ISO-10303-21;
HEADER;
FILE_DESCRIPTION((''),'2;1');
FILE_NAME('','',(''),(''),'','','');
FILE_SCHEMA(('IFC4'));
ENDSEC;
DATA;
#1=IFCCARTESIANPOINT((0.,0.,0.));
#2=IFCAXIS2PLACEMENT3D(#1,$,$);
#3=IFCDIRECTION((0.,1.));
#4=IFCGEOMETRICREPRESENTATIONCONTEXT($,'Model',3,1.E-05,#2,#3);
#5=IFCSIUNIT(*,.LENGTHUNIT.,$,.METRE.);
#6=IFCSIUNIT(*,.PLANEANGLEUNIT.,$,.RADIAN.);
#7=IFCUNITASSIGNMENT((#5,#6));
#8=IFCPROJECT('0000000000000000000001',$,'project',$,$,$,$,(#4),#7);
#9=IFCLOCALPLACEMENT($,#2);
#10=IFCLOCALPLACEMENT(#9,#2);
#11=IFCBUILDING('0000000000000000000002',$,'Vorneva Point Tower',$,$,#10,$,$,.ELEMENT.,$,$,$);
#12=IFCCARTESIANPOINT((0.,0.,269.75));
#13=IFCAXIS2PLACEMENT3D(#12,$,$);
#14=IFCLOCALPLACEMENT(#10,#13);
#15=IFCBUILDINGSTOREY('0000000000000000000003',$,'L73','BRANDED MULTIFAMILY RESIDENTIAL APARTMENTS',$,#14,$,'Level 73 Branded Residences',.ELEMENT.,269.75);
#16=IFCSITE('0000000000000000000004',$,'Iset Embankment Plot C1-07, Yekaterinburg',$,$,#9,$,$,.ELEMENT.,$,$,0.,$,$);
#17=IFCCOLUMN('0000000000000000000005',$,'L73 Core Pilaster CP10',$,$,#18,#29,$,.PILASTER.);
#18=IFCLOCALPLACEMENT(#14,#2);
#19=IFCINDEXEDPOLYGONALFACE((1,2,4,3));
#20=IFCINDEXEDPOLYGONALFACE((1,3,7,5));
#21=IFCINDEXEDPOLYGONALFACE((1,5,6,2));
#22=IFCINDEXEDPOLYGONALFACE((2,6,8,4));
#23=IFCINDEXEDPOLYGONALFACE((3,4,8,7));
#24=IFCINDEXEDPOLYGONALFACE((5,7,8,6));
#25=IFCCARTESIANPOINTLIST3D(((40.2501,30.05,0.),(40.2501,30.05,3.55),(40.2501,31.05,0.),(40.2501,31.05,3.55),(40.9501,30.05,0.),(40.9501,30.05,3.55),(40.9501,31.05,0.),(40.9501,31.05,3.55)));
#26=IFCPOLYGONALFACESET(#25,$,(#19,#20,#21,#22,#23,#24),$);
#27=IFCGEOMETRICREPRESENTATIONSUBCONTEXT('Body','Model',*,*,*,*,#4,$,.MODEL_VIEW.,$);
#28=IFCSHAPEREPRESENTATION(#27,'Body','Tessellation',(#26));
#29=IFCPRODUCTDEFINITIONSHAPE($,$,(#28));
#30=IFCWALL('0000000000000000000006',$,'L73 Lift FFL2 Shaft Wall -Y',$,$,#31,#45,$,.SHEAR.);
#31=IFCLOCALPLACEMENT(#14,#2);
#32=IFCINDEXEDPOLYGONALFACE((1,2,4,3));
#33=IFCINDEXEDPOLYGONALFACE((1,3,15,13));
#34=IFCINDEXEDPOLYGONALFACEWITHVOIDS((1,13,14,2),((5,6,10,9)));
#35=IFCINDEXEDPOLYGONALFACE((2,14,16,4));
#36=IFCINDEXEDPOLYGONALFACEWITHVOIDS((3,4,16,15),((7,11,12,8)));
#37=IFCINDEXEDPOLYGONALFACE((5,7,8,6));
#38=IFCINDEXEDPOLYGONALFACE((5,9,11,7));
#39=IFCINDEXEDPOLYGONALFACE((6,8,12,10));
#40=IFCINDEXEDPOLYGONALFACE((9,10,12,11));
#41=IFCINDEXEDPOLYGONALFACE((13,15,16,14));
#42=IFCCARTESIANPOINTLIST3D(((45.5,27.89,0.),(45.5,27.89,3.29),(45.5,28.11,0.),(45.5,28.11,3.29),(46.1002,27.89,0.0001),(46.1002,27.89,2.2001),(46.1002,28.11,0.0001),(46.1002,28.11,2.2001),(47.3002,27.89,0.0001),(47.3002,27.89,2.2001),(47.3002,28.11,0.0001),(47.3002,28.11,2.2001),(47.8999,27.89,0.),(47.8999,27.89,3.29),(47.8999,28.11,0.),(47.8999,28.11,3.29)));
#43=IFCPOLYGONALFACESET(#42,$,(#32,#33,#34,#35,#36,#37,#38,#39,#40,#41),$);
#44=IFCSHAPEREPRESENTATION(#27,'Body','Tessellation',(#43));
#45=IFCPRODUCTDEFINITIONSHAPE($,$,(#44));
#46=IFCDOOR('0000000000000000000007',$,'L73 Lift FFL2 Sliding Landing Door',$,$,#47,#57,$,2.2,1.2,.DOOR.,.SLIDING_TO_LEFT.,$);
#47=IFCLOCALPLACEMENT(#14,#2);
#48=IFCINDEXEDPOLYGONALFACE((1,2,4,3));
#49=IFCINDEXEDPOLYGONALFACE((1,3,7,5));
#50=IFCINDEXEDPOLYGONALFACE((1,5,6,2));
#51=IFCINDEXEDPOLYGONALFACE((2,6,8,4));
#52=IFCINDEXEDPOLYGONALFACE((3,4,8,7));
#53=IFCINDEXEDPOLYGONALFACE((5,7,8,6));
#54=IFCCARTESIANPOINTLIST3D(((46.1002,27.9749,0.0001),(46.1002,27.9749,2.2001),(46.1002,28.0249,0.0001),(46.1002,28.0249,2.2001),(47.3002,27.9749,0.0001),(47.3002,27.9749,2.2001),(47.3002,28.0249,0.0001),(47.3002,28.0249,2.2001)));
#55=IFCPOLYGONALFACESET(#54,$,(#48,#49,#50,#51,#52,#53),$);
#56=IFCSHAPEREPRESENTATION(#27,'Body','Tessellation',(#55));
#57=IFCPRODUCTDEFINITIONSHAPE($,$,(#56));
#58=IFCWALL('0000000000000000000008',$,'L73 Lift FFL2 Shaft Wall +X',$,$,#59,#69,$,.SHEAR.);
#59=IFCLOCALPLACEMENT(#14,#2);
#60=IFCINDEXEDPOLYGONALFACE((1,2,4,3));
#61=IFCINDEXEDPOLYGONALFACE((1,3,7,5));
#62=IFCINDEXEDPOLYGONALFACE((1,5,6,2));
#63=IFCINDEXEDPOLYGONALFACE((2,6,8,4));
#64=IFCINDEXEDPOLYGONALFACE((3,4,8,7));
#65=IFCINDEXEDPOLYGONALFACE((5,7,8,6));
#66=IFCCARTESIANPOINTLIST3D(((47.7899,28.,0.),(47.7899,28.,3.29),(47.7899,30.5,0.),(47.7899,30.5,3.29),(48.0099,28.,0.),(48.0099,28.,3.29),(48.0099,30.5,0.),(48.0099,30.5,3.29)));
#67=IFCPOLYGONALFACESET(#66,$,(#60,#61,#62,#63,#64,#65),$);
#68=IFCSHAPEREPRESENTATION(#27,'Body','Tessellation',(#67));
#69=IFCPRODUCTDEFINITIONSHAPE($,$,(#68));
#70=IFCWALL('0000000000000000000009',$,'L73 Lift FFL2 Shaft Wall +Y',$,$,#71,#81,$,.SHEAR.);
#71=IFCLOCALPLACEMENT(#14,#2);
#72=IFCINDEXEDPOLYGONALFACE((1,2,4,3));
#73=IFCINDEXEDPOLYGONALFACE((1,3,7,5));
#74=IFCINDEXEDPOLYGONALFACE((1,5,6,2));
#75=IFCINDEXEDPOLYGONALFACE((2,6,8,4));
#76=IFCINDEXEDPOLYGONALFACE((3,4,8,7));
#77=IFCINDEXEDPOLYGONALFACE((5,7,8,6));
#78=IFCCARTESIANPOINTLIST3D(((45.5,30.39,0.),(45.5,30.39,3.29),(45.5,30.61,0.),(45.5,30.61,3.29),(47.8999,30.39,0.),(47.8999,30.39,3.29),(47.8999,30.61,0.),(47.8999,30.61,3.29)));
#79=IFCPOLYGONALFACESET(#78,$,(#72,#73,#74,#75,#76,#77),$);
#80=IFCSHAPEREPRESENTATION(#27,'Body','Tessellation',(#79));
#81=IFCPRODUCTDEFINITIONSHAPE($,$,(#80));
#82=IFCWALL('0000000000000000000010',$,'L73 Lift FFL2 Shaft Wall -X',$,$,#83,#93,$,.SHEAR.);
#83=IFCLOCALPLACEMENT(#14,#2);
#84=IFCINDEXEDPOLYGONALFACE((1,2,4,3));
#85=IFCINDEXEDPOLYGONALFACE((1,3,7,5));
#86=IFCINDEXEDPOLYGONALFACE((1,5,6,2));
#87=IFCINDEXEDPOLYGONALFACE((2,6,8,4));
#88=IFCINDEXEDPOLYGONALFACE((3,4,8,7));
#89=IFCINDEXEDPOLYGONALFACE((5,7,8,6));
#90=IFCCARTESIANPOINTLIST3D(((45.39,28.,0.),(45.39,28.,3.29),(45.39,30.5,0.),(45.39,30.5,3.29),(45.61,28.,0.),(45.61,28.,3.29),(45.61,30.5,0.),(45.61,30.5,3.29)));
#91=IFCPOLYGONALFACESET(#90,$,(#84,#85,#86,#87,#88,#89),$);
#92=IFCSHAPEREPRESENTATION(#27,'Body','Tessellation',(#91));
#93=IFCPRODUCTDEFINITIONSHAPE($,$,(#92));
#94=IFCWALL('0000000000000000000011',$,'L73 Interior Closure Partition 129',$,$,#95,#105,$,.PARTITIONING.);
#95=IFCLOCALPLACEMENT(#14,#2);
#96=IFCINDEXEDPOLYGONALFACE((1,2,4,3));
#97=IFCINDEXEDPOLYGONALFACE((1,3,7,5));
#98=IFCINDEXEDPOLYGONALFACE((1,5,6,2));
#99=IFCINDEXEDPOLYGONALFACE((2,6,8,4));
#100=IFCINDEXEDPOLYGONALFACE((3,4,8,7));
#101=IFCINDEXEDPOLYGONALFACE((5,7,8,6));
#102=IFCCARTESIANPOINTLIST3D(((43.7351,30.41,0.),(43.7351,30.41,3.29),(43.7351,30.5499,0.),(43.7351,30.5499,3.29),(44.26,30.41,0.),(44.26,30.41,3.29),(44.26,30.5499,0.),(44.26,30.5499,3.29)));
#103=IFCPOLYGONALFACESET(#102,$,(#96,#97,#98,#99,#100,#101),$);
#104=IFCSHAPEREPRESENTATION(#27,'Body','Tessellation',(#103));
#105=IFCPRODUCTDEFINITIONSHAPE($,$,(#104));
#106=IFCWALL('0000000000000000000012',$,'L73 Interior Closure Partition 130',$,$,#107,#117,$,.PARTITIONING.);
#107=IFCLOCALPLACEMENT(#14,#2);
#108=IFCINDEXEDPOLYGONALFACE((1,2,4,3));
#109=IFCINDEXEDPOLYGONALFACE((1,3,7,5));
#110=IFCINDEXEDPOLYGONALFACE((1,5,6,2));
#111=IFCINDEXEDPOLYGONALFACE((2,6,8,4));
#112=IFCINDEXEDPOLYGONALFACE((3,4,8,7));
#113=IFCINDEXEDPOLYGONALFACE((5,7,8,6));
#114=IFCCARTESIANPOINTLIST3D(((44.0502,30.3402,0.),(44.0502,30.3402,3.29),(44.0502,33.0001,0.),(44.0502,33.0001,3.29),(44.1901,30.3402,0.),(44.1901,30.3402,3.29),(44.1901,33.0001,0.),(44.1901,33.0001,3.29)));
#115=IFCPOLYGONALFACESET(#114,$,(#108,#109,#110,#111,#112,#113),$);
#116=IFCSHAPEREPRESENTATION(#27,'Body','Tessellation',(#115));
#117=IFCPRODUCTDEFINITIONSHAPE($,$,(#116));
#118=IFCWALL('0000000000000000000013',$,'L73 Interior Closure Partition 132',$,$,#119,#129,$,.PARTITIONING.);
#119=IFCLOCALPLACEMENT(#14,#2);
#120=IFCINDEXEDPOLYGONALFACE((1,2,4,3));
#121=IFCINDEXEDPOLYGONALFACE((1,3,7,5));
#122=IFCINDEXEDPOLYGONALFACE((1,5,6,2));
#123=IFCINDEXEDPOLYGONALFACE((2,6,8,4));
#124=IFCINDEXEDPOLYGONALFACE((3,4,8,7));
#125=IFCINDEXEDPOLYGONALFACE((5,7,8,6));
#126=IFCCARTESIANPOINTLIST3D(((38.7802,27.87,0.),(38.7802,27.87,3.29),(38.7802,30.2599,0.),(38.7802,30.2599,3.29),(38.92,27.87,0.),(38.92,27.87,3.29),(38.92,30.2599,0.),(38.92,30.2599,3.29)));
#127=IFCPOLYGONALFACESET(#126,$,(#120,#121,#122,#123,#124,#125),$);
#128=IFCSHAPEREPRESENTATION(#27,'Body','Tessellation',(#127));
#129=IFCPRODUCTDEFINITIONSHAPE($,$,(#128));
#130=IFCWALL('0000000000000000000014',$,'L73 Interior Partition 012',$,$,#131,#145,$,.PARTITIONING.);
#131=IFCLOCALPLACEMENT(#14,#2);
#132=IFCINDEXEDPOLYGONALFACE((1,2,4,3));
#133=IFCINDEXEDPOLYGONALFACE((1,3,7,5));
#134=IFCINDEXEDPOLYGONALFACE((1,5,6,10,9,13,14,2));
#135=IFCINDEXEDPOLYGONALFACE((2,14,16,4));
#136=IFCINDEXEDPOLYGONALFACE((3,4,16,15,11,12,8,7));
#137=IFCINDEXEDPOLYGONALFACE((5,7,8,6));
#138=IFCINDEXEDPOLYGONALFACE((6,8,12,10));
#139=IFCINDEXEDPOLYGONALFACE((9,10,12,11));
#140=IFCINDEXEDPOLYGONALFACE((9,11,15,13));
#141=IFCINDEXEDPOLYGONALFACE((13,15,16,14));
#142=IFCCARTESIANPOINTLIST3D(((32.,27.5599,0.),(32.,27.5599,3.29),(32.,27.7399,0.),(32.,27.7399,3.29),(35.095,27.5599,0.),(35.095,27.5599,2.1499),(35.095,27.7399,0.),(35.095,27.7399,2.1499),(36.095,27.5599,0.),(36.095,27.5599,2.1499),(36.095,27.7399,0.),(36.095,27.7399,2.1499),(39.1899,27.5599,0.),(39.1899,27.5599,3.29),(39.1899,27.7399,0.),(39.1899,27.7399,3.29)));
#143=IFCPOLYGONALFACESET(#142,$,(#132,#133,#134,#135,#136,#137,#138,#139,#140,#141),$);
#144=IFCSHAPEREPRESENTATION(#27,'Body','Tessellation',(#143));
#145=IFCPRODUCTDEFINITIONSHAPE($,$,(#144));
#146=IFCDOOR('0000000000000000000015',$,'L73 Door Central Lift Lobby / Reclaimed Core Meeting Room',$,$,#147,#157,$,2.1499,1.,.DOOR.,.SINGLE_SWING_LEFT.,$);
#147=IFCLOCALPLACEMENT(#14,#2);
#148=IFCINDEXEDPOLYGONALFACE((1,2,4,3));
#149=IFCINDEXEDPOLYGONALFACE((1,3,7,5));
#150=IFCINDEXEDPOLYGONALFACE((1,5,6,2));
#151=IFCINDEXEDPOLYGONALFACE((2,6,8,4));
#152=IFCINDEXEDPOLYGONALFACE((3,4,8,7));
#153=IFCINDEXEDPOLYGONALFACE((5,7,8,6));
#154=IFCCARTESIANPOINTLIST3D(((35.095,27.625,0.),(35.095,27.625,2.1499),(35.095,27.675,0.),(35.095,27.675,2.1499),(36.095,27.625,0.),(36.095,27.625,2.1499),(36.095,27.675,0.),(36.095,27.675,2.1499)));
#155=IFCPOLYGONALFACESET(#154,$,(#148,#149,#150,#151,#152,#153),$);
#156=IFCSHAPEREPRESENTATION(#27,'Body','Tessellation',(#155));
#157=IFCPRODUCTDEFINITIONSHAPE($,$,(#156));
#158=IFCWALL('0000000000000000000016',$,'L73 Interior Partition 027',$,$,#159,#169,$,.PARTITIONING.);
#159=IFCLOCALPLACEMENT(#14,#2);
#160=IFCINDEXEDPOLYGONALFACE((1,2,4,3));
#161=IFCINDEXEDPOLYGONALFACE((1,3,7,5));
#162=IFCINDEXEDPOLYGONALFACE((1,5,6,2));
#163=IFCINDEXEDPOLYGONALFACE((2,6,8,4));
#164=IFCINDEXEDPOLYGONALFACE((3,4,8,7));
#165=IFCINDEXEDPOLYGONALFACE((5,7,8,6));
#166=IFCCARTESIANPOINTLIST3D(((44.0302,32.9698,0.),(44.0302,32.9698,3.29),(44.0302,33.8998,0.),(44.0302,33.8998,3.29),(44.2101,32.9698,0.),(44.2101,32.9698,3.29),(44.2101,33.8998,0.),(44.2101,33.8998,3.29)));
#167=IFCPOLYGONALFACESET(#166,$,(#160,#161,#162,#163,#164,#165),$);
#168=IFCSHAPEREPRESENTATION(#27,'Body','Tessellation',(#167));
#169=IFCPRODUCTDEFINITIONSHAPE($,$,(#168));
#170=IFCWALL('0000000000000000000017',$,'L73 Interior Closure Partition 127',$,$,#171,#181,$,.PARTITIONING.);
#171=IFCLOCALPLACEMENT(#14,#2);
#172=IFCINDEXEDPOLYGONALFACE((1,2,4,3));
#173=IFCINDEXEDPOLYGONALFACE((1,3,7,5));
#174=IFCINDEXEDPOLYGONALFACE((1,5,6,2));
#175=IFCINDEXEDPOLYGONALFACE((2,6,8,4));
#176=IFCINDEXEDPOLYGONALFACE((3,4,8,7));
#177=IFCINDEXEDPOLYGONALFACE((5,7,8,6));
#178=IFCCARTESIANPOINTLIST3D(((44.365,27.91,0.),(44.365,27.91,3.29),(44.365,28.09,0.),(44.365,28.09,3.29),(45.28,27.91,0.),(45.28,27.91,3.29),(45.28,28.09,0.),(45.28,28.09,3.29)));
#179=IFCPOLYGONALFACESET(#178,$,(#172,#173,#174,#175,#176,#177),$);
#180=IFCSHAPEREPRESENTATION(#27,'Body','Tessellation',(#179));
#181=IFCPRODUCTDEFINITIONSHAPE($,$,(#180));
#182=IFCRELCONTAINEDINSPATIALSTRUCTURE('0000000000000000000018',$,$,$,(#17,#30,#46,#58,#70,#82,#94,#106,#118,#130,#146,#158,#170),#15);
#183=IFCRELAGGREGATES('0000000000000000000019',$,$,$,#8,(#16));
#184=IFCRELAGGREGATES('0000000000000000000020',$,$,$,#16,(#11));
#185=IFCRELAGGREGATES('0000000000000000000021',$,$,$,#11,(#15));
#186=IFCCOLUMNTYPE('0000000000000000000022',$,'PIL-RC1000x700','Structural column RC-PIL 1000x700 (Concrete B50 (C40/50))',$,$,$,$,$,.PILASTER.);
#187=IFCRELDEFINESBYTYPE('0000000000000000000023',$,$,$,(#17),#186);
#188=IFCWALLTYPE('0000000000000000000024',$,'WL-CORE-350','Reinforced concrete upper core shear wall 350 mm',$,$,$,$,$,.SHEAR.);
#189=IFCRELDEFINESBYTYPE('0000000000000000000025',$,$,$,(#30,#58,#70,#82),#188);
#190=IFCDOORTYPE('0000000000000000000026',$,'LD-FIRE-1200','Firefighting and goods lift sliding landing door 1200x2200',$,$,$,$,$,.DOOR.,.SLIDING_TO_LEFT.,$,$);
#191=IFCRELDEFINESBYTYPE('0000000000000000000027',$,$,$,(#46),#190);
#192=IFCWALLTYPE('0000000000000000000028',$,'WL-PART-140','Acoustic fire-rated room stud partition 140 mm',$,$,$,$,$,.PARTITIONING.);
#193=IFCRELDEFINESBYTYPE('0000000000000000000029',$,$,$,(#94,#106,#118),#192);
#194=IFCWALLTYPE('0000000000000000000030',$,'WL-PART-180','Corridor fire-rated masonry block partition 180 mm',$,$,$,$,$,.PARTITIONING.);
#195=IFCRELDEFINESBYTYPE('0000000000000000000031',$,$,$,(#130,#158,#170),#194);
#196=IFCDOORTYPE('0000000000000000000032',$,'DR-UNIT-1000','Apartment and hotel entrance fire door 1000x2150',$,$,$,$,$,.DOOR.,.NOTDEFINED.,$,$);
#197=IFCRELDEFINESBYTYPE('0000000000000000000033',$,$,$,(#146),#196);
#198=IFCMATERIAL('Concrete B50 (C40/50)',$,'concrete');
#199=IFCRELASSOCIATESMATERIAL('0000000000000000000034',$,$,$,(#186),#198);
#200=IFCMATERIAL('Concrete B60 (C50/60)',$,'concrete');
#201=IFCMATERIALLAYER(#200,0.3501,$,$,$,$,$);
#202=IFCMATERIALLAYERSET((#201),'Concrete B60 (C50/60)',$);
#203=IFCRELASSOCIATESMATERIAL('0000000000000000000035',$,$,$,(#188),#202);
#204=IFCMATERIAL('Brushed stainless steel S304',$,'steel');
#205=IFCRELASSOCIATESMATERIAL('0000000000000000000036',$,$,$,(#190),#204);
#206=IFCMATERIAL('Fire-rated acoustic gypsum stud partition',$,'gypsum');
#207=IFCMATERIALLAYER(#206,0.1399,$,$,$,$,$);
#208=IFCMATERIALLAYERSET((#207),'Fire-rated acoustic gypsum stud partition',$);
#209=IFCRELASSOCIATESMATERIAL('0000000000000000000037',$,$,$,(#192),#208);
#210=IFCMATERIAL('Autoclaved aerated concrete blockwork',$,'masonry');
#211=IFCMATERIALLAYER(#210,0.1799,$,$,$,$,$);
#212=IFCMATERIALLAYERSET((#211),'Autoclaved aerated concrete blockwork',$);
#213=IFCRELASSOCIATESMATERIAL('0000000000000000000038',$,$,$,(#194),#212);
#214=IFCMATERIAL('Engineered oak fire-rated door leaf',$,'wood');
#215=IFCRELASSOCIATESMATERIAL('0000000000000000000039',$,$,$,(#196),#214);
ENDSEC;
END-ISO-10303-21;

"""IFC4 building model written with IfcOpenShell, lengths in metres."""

from ifc_helpers import new_model, si_unit, direction, frame, frame_2d, origin, origin_2d, place, context, subcontext, project, spatial, rectangle, extrude, material, layer, layer_set, material_profile, profile_set, type_object, element, fill, save


model = new_model("IFC4")

# Units and contexts
model_context = context("Model", 3, precision=1e-05, world=origin(), true_north=direction((0.0, 1.0)))
body_context = subcontext(model_context, "Body", "Model", "MODEL_VIEW")
ifc_project = project(units=[si_unit("LENGTHUNIT", "METRE"), si_unit("PLANEANGLEUNIT", "RADIAN")], contexts=[model_context])

# Site, building, storey
site_placement = place(None, origin())
site = spatial("IfcSite", under=ifc_project, at=site_placement, Name="Iset Embankment Plot C1-07, Yekaterinburg", CompositionType="ELEMENT", RefElevation=0.0)
building_placement = place(site_placement, origin())
building = spatial("IfcBuilding", under=site, at=building_placement, Name="Vorneva Point Tower", CompositionType="ELEMENT")
storey_placement = place(building_placement, frame((0.0, 0.0, 269.75)))
storey = spatial("IfcBuildingStorey", under=building, at=storey_placement, Name="L73", Description="BRANDED MULTIFAMILY RESIDENTIAL APARTMENTS", LongName="Level 73 Branded Residences", CompositionType="ELEMENT", Elevation=269.75)

# Column
ifc_material_1 = material(Name="Concrete B50 (C40/50)", Category="concrete")
ifc_material_profile = material_profile(ifc_material_1, rectangle(XDim=0.7, YDim=1.0, at=origin_2d()), Name="RC-PIL 1000x700")
ifc_profile_set = profile_set([ifc_material_profile], Name="Concrete B50 (C40/50)")
column_type = type_object("IfcColumnType", Name="PIL-RC1000x700", Description="Structural column RC-PIL 1000x700 (Concrete B50 (C40/50))", PredefinedType="PILASTER", material=ifc_profile_set)
column_placement = place(storey_placement, frame((40.6001, 30.55, 0.0), z_axis=(0.0, 0.0, 1.0), x_axis=(1.0, 0.0, 0.0)))
element("IfcColumn", 1, at=column_placement, inside=storey, type_object=column_type, Name="L73 Core Pilaster CP10", PredefinedType="PILASTER", context=body_context, shape_type="SweptSolid", body=[
    extrude(rectangle(XDim=0.7, YDim=1.0, at=origin_2d()), origin(), (0.0, 0.0, 1.0), 3.55),
])

# Wall, opening, door
ifc_material_2 = material(Name="Concrete B60 (C50/60)", Category="concrete")
ifc_layer_1 = layer(ifc_material_2, 0.3501)
ifc_layer_set_1 = layer_set([ifc_layer_1], Name="Concrete B60 (C50/60)")
wall_type_1 = type_object("IfcWallType", Name="WL-CORE-350", Description="Reinforced concrete upper core shear wall 350 mm", PredefinedType="SHEAR", material=ifc_layer_set_1)
wall_1_placement = place(storey_placement, frame((45.5, 28.0, 0.0), z_axis=(0.0, 0.0, 1.0), x_axis=(1.0, 0.0, 0.0)))
wall_1 = element("IfcWall", 2, at=wall_1_placement, inside=storey, type_object=wall_type_1, Name="L73 Lift FFL2 Shaft Wall -Y", PredefinedType="SHEAR", context=body_context, shape_type="SweptSolid", body=[
    extrude(rectangle(XDim=2.3999, YDim=0.22, at=frame_2d((1.2, 0.0))), origin(), (0.0, 0.0, 1.0), 3.29),
])
opening_1_placement = place(wall_1_placement, frame((0.6001, 0.0, 0.0)))
opening_1 = element("IfcOpeningElement", 3, at=opening_1_placement, cuts=wall_1, PredefinedType="OPENING", context=body_context, shape_type="SweptSolid", body=[
    extrude(rectangle(XDim=1.2, YDim=2.2, at=frame_2d((0.6001, 1.1001))), frame((0.0, 0.125, 0.0), z_axis=(0.0, -1.0, 0.0), x_axis=(1.0, 0.0, 0.0)), (0.0, 0.0, 1.0), 0.2498),
])
ifc_material_3 = material(Name="Brushed stainless steel S304", Category="steel")
door_type_1 = type_object("IfcDoorType", Name="LD-FIRE-1200", Description="Firefighting and goods lift sliding landing door 1200x2200", OperationType="SLIDING_TO_LEFT", PredefinedType="DOOR", material=ifc_material_3)
door_1_placement = place(opening_1_placement, origin())
door_1 = element("IfcDoor", 4, at=door_1_placement, inside=storey, type_object=door_type_1, Name="L73 Lift FFL2 Sliding Landing Door", OperationType="SLIDING_TO_LEFT", OverallHeight=2.2, OverallWidth=1.2, PredefinedType="DOOR", context=body_context, shape_type="SweptSolid", body=[
    extrude(rectangle(XDim=1.2, YDim=2.2, at=frame_2d((0.6001, 1.1001))), frame((0.0, 0.0249, 0.0), z_axis=(0.0, -1.0, 0.0), x_axis=(1.0, 0.0, 0.0)), (0.0, 0.0, 1.0), 0.05),
])
fill(opening_1, door_1)

# Walls
wall_2_placement = place(storey_placement, frame((47.8999, 28.0, 0.0), z_axis=(0.0, 0.0, 1.0), x_axis=(0.0, 1.0, 0.0)))
element("IfcWall", 5, at=wall_2_placement, inside=storey, type_object=wall_type_1, Name="L73 Lift FFL2 Shaft Wall +X", PredefinedType="SHEAR", context=body_context, shape_type="SweptSolid", body=[
    extrude(rectangle(XDim=2.5, YDim=0.22, at=frame_2d((1.25, 0.0))), origin(), (0.0, 0.0, 1.0), 3.29),
])
wall_3_placement = place(storey_placement, frame((47.8999, 30.5, 0.0), z_axis=(0.0, 0.0, 1.0), x_axis=(-1.0, 0.0, 0.0)))
element("IfcWall", 6, at=wall_3_placement, inside=storey, type_object=wall_type_1, Name="L73 Lift FFL2 Shaft Wall +Y", PredefinedType="SHEAR", context=body_context, shape_type="SweptSolid", body=[
    extrude(rectangle(XDim=2.3999, YDim=0.22, at=frame_2d((1.2, 0.0))), origin(), (0.0, 0.0, 1.0), 3.29),
])
wall_4_placement = place(storey_placement, frame((45.5, 30.5, 0.0), z_axis=(0.0, 0.0, 1.0), x_axis=(0.0, -1.0, 0.0)))
element("IfcWall", 7, at=wall_4_placement, inside=storey, type_object=wall_type_1, Name="L73 Lift FFL2 Shaft Wall -X", PredefinedType="SHEAR", context=body_context, shape_type="SweptSolid", body=[
    extrude(rectangle(XDim=2.5, YDim=0.22, at=frame_2d((1.25, 0.0))), origin(), (0.0, 0.0, 1.0), 3.29),
])
ifc_material_4 = material(Name="Fire-rated acoustic gypsum stud partition", Category="gypsum")
ifc_layer_2 = layer(ifc_material_4, 0.1399)
ifc_layer_set_2 = layer_set([ifc_layer_2], Name="Fire-rated acoustic gypsum stud partition")
wall_type_2 = type_object("IfcWallType", Name="WL-PART-140", Description="Acoustic fire-rated room stud partition 140 mm", PredefinedType="PARTITIONING", material=ifc_layer_set_2)
wall_5_placement = place(storey_placement, frame((43.7351, 30.48, 0.0), z_axis=(0.0, 0.0, 1.0), x_axis=(1.0, 0.0, 0.0)))
element("IfcWall", 8, at=wall_5_placement, inside=storey, type_object=wall_type_2, Name="L73 Interior Closure Partition 129", PredefinedType="PARTITIONING", context=body_context, shape_type="SweptSolid", body=[
    extrude(rectangle(XDim=0.5249, YDim=0.1399, at=frame_2d((0.2625, 0.0))), origin(), (0.0, 0.0, 1.0), 3.29),
])
wall_6_placement = place(storey_placement, frame((44.1201, 30.3401, 0.0), z_axis=(0.0, 0.0, 1.0), x_axis=(0.0, 1.0, 0.0)))
element("IfcWall", 9, at=wall_6_placement, inside=storey, type_object=wall_type_2, Name="L73 Interior Closure Partition 130", PredefinedType="PARTITIONING", context=body_context, shape_type="SweptSolid", body=[
    extrude(rectangle(XDim=2.6599, YDim=0.1399, at=frame_2d((1.3301, 0.0))), origin(), (0.0, 0.0, 1.0), 3.29),
])
wall_7_placement = place(storey_placement, frame((38.8501, 27.8701, 0.0), z_axis=(0.0, 0.0, 1.0), x_axis=(0.0, 1.0, 0.0)))
element("IfcWall", 10, at=wall_7_placement, inside=storey, type_object=wall_type_2, Name="L73 Interior Closure Partition 132", PredefinedType="PARTITIONING", context=body_context, shape_type="SweptSolid", body=[
    extrude(rectangle(XDim=2.3899, YDim=0.1399, at=frame_2d((1.1948, 0.0))), origin(), (0.0, 0.0, 1.0), 3.29),
])

# Wall, opening, door
ifc_material_5 = material(Name="Autoclaved aerated concrete blockwork", Category="masonry")
ifc_layer_3 = layer(ifc_material_5, 0.1799)
ifc_layer_set_3 = layer_set([ifc_layer_3], Name="Autoclaved aerated concrete blockwork")
wall_type_3 = type_object("IfcWallType", Name="WL-PART-180", Description="Corridor fire-rated masonry block partition 180 mm", PredefinedType="PARTITIONING", material=ifc_layer_set_3)
wall_8_placement = place(storey_placement, frame((39.1899, 27.6499, 0.0), z_axis=(0.0, 0.0, 1.0), x_axis=(-1.0, 0.0, 0.0)))
wall_8 = element("IfcWall", 11, at=wall_8_placement, inside=storey, type_object=wall_type_3, Name="L73 Interior Partition 012", PredefinedType="PARTITIONING", context=body_context, shape_type="SweptSolid", body=[
    extrude(rectangle(XDim=7.1899, YDim=0.1799, at=frame_2d((3.595, 0.0))), origin(), (0.0, 0.0, 1.0), 3.29),
])
opening_2_placement = place(wall_8_placement, frame((3.095, 0.0, 0.0)))
opening_2 = element("IfcOpeningElement", 12, at=opening_2_placement, cuts=wall_8, PredefinedType="OPENING", context=body_context, shape_type="SweptSolid", body=[
    extrude(rectangle(XDim=1.0, YDim=2.1499, at=frame_2d((0.5, 1.075))), frame((0.0, 0.105, 0.0), z_axis=(0.0, -1.0, 0.0), x_axis=(1.0, 0.0, 0.0)), (0.0, 0.0, 1.0), 0.2097),
])
ifc_material_6 = material(Name="Engineered oak fire-rated door leaf", Category="wood")
door_type_2 = type_object("IfcDoorType", Name="DR-UNIT-1000", Description="Apartment and hotel entrance fire door 1000x2150", OperationType="NOTDEFINED", PredefinedType="DOOR", material=ifc_material_6)
door_2_placement = place(opening_2_placement, origin())
door_2 = element("IfcDoor", 13, at=door_2_placement, inside=storey, type_object=door_type_2, Name="L73 Door Central Lift Lobby / Reclaimed Core Meeting Room", OperationType="SINGLE_SWING_LEFT", OverallHeight=2.1499, OverallWidth=1.0, PredefinedType="DOOR", context=body_context, shape_type="SweptSolid", body=[
    extrude(rectangle(XDim=1.0, YDim=2.1499, at=frame_2d((0.5, 1.075))), frame((0.0, 0.0249, 0.0), z_axis=(0.0, -1.0, 0.0), x_axis=(1.0, 0.0, 0.0)), (0.0, 0.0, 1.0), 0.05),
])
fill(opening_2, door_2)

# Walls
wall_9_placement = place(storey_placement, frame((44.1201, 32.97, 0.0), z_axis=(0.0, 0.0, 1.0), x_axis=(0.0, 1.0, 0.0)))
element("IfcWall", 14, at=wall_9_placement, inside=storey, type_object=wall_type_3, Name="L73 Interior Partition 027", PredefinedType="PARTITIONING", context=body_context, shape_type="SweptSolid", body=[
    extrude(rectangle(XDim=0.9299, YDim=0.1799, at=frame_2d((0.4648, 0.0))), origin(), (0.0, 0.0, 1.0), 3.29),
])
wall_10_placement = place(storey_placement, frame((45.28, 28.0, 0.0), z_axis=(0.0, 0.0, 1.0), x_axis=(-1.0, 0.0, 0.0)))
element("IfcWall", 15, at=wall_10_placement, inside=storey, type_object=wall_type_3, Name="L73 Interior Closure Partition 127", PredefinedType="PARTITIONING", context=body_context, shape_type="SweptSolid", body=[
    extrude(rectangle(XDim=0.915, YDim=0.1799, at=frame_2d((0.4575, 0.0))), origin(), (0.0, 0.0, 1.0), 3.29),
])

save(model, "model.ifc")
